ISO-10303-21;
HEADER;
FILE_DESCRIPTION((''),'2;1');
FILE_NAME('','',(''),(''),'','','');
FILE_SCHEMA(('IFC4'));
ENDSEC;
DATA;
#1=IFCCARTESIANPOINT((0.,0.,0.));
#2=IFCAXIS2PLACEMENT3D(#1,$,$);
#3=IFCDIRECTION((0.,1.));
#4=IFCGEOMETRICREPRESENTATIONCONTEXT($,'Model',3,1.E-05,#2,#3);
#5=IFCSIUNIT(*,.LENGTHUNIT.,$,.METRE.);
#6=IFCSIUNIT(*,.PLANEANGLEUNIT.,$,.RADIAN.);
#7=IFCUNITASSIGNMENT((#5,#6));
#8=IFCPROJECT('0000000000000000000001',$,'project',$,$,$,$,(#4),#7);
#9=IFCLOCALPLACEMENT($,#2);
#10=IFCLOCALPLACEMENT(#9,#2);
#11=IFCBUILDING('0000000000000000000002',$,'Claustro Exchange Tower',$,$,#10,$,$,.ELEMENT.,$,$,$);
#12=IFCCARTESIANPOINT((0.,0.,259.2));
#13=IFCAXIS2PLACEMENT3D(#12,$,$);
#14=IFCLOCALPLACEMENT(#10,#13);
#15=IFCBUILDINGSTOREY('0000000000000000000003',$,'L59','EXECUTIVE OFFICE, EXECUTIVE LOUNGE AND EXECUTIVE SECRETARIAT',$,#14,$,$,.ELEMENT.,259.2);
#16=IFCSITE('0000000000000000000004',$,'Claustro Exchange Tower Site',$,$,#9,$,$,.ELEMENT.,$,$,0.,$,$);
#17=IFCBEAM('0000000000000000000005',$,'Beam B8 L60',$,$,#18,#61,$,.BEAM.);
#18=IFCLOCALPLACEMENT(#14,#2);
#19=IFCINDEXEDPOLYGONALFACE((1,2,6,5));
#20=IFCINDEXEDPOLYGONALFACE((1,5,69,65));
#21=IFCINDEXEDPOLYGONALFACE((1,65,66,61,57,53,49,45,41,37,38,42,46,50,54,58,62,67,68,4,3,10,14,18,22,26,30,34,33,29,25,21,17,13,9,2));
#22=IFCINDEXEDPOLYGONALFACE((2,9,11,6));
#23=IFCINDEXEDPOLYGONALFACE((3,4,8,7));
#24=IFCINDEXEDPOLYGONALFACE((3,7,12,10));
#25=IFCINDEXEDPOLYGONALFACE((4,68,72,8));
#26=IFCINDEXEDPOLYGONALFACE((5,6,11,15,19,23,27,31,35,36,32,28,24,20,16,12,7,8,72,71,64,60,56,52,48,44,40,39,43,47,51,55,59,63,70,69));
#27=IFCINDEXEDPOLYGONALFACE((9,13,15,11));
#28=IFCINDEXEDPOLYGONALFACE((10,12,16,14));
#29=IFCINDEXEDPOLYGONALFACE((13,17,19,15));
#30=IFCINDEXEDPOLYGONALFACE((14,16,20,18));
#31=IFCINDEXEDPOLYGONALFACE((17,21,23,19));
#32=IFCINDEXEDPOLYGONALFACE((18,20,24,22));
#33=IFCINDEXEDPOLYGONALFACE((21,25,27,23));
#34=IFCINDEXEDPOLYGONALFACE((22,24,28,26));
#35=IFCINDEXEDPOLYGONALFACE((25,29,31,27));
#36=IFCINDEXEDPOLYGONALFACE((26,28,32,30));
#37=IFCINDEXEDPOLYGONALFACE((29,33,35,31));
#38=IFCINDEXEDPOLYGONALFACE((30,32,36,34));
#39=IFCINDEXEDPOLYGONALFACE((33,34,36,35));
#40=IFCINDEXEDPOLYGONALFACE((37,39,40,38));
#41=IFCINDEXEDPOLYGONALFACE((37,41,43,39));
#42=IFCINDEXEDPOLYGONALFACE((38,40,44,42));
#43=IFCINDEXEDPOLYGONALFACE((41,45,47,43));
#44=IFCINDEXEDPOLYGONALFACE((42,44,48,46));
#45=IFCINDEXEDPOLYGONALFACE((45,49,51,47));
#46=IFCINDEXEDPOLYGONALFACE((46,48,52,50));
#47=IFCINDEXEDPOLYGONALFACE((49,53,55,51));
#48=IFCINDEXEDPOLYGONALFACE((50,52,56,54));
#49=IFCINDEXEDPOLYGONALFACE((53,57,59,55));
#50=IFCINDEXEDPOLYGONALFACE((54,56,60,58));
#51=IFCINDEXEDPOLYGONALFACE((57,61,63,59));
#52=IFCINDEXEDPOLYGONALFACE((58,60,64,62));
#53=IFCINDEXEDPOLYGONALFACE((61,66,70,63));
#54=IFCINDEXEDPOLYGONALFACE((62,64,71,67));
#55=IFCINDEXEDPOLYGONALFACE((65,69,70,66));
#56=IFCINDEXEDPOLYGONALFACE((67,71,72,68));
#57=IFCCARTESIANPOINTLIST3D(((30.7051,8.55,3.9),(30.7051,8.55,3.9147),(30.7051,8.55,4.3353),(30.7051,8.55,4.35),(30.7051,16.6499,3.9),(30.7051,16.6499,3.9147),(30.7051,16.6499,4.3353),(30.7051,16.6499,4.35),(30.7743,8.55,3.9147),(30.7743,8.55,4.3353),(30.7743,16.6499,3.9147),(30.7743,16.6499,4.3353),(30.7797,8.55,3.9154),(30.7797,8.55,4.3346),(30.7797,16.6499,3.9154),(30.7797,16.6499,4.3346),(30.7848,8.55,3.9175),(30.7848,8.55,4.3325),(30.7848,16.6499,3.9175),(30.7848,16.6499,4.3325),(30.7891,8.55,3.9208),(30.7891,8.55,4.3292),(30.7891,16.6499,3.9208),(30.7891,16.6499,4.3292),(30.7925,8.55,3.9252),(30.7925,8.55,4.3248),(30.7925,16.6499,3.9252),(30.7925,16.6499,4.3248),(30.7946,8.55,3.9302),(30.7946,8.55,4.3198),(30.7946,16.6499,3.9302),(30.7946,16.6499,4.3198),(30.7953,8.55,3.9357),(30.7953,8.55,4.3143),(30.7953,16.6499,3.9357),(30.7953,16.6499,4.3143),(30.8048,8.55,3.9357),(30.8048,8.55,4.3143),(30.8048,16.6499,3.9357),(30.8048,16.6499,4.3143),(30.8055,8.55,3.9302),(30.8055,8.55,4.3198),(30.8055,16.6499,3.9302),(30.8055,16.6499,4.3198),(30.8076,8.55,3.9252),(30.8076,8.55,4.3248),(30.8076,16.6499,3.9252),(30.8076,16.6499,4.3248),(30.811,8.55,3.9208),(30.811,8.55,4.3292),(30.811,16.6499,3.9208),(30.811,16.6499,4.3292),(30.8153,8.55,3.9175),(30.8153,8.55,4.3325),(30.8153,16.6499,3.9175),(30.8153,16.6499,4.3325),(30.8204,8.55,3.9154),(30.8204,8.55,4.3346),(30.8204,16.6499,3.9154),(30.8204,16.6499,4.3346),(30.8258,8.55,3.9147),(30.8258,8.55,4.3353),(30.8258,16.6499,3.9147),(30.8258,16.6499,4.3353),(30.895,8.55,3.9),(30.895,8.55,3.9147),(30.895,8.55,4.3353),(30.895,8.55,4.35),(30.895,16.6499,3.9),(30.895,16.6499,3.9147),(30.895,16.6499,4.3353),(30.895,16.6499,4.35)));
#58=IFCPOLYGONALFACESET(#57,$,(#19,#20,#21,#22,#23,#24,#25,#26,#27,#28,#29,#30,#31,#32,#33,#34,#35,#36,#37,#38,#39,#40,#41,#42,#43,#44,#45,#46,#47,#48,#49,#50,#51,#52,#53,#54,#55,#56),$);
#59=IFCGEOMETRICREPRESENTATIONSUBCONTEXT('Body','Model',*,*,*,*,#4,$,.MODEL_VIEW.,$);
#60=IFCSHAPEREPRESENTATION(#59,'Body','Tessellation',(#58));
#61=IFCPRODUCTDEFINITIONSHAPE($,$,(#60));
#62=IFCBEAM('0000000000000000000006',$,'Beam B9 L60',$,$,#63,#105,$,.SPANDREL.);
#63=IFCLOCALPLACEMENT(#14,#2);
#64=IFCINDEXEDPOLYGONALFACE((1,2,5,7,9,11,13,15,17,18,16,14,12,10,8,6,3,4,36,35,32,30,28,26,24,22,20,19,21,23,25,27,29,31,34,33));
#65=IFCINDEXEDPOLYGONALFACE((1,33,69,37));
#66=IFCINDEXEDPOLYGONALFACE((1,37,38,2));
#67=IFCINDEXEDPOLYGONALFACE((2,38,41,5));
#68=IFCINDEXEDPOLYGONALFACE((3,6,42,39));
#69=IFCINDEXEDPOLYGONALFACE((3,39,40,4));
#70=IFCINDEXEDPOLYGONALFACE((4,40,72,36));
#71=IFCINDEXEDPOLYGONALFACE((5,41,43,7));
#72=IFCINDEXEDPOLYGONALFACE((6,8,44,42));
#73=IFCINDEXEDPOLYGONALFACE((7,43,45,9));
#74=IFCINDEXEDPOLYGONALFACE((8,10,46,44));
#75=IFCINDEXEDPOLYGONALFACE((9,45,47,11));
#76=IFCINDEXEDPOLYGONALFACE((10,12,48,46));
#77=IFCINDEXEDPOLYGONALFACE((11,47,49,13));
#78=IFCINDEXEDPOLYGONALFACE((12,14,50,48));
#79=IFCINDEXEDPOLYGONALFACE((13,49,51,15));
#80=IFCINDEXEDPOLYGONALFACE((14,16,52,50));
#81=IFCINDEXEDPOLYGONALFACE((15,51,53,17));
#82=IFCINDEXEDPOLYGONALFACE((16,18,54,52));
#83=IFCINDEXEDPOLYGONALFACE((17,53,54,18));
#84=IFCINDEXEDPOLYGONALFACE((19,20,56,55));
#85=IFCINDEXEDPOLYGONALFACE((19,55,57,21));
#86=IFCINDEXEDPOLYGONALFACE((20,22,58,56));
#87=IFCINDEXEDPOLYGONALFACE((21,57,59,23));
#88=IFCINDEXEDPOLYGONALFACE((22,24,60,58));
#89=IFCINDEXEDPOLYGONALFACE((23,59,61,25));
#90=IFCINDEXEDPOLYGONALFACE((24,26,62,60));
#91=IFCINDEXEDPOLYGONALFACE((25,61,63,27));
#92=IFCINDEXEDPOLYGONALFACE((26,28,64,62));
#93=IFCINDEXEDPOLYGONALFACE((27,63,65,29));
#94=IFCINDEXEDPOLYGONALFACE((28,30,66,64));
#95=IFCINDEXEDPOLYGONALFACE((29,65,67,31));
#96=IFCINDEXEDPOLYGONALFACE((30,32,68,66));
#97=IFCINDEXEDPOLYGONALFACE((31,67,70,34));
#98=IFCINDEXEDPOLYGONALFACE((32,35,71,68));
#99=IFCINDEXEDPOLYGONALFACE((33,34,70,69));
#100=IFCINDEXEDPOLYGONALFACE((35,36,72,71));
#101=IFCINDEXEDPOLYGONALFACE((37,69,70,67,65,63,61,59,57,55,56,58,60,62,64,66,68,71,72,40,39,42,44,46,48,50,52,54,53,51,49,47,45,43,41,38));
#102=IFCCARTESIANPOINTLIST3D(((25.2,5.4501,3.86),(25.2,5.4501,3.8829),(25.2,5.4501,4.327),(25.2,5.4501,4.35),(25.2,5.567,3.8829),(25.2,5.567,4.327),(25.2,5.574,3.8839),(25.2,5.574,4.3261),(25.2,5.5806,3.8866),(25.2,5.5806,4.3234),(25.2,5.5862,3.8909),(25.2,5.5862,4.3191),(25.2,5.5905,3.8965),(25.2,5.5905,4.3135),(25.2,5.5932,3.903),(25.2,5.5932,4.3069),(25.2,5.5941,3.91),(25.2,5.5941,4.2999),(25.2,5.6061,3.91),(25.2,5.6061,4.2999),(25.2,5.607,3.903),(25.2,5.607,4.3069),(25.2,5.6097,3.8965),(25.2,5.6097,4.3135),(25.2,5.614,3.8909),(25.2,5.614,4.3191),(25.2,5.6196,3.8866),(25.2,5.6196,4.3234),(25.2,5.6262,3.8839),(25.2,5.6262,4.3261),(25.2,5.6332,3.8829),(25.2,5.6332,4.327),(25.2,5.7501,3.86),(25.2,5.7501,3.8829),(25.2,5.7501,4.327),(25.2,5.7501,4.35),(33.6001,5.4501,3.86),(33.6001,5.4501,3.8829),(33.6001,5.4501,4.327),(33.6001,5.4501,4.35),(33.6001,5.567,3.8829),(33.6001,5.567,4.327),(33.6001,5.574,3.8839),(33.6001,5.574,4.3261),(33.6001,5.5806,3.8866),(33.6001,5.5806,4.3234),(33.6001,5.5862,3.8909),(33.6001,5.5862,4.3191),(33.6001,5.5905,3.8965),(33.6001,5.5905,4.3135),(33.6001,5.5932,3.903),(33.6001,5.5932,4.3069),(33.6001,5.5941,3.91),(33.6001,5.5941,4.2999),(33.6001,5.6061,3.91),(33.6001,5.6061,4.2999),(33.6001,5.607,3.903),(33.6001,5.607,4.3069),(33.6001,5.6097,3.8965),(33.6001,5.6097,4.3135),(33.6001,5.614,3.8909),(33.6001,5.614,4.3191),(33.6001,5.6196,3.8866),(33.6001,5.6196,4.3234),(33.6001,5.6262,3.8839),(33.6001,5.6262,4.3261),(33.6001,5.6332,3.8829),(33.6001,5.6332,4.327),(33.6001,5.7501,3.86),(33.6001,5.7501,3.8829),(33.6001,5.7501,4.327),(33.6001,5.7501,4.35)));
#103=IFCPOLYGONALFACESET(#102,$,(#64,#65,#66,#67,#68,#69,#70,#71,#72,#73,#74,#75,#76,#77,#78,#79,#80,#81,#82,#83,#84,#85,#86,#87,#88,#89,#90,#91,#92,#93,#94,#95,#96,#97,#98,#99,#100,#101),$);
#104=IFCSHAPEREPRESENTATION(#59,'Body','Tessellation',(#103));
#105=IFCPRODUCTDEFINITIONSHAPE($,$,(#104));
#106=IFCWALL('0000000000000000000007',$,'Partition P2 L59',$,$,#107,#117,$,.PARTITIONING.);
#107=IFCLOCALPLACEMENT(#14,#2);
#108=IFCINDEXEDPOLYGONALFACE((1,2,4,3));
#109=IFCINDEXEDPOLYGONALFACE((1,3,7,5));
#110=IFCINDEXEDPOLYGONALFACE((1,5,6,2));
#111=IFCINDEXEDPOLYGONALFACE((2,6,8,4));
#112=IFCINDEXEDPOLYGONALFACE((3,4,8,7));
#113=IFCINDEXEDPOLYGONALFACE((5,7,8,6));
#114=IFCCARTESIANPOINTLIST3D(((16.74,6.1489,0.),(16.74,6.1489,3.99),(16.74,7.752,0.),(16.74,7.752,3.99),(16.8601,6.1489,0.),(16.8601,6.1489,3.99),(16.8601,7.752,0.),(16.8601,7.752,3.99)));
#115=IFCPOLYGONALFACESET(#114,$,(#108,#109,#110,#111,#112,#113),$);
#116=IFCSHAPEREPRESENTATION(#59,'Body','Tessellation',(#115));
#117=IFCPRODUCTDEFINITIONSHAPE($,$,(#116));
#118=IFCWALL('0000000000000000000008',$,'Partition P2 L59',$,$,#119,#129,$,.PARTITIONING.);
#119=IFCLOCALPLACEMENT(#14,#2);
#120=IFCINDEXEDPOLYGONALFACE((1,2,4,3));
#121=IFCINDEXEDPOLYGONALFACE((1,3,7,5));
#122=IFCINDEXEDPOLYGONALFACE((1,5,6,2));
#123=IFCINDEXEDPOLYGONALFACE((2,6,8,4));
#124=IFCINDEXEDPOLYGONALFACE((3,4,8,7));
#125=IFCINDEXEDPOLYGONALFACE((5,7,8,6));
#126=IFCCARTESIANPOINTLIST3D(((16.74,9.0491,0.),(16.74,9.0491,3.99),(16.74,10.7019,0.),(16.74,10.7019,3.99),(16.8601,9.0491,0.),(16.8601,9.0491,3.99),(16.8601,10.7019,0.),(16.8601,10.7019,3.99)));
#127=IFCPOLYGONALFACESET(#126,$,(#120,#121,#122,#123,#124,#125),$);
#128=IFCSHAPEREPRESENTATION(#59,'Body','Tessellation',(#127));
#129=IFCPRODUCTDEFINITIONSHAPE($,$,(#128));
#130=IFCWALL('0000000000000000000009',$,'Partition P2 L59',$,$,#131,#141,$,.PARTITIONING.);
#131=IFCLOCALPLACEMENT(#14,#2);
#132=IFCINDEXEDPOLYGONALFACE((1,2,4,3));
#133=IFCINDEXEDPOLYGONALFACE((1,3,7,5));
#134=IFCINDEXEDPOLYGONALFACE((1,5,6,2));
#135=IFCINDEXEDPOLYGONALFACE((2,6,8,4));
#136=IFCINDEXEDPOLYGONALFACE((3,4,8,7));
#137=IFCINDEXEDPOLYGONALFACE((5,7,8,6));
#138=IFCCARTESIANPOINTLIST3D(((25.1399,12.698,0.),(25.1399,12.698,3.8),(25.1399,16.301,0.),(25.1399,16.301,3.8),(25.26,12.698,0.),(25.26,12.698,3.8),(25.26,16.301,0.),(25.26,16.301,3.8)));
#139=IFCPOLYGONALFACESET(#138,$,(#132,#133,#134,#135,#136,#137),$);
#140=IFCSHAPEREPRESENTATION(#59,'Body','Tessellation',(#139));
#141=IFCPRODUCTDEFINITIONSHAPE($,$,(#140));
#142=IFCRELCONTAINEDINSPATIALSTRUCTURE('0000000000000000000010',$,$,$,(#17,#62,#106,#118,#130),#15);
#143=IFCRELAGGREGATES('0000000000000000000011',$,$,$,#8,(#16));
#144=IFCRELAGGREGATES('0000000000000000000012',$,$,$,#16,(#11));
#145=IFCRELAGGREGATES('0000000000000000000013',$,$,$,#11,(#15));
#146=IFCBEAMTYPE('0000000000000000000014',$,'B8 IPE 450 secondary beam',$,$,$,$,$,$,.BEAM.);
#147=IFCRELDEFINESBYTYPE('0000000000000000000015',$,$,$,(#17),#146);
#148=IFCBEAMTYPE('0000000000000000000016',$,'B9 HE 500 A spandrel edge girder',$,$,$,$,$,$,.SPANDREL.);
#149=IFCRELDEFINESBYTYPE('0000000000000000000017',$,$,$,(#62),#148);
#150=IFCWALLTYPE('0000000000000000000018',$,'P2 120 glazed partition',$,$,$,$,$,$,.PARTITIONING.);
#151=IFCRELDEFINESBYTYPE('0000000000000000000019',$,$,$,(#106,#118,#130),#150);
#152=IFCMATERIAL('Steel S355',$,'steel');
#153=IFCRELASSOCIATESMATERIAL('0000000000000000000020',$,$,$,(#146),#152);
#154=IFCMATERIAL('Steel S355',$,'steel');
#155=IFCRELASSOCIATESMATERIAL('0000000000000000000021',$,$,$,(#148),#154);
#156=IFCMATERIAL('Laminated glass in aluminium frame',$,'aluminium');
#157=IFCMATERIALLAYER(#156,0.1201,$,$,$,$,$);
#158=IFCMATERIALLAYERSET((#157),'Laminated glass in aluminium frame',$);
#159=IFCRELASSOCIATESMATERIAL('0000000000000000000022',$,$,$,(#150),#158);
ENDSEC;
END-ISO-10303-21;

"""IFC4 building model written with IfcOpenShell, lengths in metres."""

from ifc_helpers import new_model, si_unit, direction, frame, frame_2d, origin, origin_2d, place, context, subcontext, project, spatial, rectangle, i_section, extrude, material, layer, layer_set, material_profile, profile_set, type_object, element, save


model = new_model("IFC4")

# Units and contexts
model_context = context("Model", 3, precision=1e-05, world=origin(), true_north=direction((0.0, 1.0)))
body_context = subcontext(model_context, "Body", "Model", "MODEL_VIEW")
ifc_project = project(units=[si_unit("LENGTHUNIT", "METRE"), si_unit("PLANEANGLEUNIT", "RADIAN")], contexts=[model_context])

# Site, building, storey
site_placement = place(None, origin())
site = spatial("IfcSite", under=ifc_project, at=site_placement, Name="Claustro Exchange Tower Site", CompositionType="ELEMENT", RefElevation=0.0)
building_placement = place(site_placement, origin())
building = spatial("IfcBuilding", under=site, at=building_placement, Name="Claustro Exchange Tower", CompositionType="ELEMENT")
storey_placement = place(building_placement, frame((0.0, 0.0, 259.2)))
storey = spatial("IfcBuildingStorey", under=building, at=storey_placement, Name="L59", Description="EXECUTIVE OFFICE, EXECUTIVE LOUNGE AND EXECUTIVE SECRETARIAT", CompositionType="ELEMENT", Elevation=259.2)

# Beams
ifc_material_1 = material(Name="Steel S355", Category="steel")
ifc_material_profile_1 = material_profile(ifc_material_1, i_section(OverallWidth=0.1899, OverallDepth=0.45, WebThickness=0.0095, FlangeThickness=0.0146, FilletRadius=0.021, at=origin_2d()), Name="IPE 450")
ifc_profile_set_1 = profile_set([ifc_material_profile_1], Name="Steel S355")
beam_type_1 = type_object("IfcBeamType", Name="B8 IPE 450 secondary beam", PredefinedType="BEAM", material=ifc_profile_set_1)
for number, where, z_axis, x_axis, name in (
    (1, (30.8, 8.55, 4.125), (0.0, 1.0, 0.0), (-1.0, 0.0, 0.0), "Beam B8 L60"),
):
    element("IfcBeam", number, at=place(storey_placement, frame(where, z_axis=z_axis, x_axis=x_axis)), inside=storey, type_object=beam_type_1, Name=name, PredefinedType="BEAM", context=body_context, shape_type="SweptSolid", body=[
        extrude(i_section(OverallWidth=0.1899, OverallDepth=0.45, WebThickness=0.0095, FlangeThickness=0.0146, FilletRadius=0.021, at=origin_2d()), origin(), (0.0, 0.0, 1.0), 8.0999),
    ])
ifc_material_2 = material(Name="Steel S355", Category="steel")
ifc_material_profile_2 = material_profile(ifc_material_2, i_section(OverallWidth=0.3, OverallDepth=0.49, WebThickness=0.012, FlangeThickness=0.0229, FilletRadius=0.0271, at=origin_2d()), Name="HE 500 A")
ifc_profile_set_2 = profile_set([ifc_material_profile_2], Name="Steel S355")
beam_type_2 = type_object("IfcBeamType", Name="B9 HE 500 A spandrel edge girder", PredefinedType="SPANDREL", material=ifc_profile_set_2)
beam_1_placement = place(storey_placement, frame((25.2, 5.6001, 4.105), z_axis=(1.0, 0.0, 0.0), x_axis=(0.0, 1.0, 0.0)))
element("IfcBeam", 2, at=beam_1_placement, inside=storey, type_object=beam_type_2, Name="Beam B9 L60", PredefinedType="SPANDREL", context=body_context, shape_type="SweptSolid", body=[
    extrude(i_section(OverallWidth=0.3, OverallDepth=0.49, WebThickness=0.012, FlangeThickness=0.0229, FilletRadius=0.0271, at=origin_2d()), origin(), (0.0, 0.0, 1.0), 8.4001),
])

# Walls
ifc_material_3 = material(Name="Laminated glass in aluminium frame", Category="aluminium")
ifc_layer_1 = layer(ifc_material_3, 0.1201)
ifc_layer_set_1 = layer_set([ifc_layer_1], Name="Laminated glass in aluminium frame")
wall_type_1 = type_object("IfcWallType", Name="P2 120 glazed partition", PredefinedType="PARTITIONING", material=ifc_layer_set_1)
wall_1_placement = place(storey_placement, frame((16.8, 6.1489, 0.0), z_axis=(0.0, 0.0, 1.0), x_axis=(0.0, 1.0, 0.0)))
element("IfcWall", 3, at=wall_1_placement, inside=storey, type_object=wall_type_1, Name="Partition P2 L59", PredefinedType="PARTITIONING", context=body_context, shape_type="SweptSolid", body=[
    extrude(rectangle(XDim=1.603, YDim=0.1201, at=frame_2d((0.8015, 0.0))), origin(), (0.0, 0.0, 1.0), 3.99),
])
wall_2_placement = place(storey_placement, frame((16.8, 9.0491, 0.0), z_axis=(0.0, 0.0, 1.0), x_axis=(0.0, 1.0, 0.0)))
element("IfcWall", 4, at=wall_2_placement, inside=storey, type_object=wall_type_1, Name="Partition P2 L59", PredefinedType="PARTITIONING", context=body_context, shape_type="SweptSolid", body=[
    extrude(rectangle(XDim=1.6528, YDim=0.1201, at=frame_2d((0.8264, 0.0))), origin(), (0.0, 0.0, 1.0), 3.99),
])
wall_3_placement = place(storey_placement, frame((25.2, 12.698, 0.0), z_axis=(0.0, 0.0, 1.0), x_axis=(0.0, 1.0, 0.0)))
element("IfcWall", 5, at=wall_3_placement, inside=storey, type_object=wall_type_1, Name="Partition P2 L59", PredefinedType="PARTITIONING", context=body_context, shape_type="SweptSolid", body=[
    extrude(rectangle(XDim=3.603, YDim=0.1201, at=frame_2d((1.8015, 0.0))), origin(), (0.0, 0.0, 1.0), 3.8),
])

save(model, "model.ifc")
